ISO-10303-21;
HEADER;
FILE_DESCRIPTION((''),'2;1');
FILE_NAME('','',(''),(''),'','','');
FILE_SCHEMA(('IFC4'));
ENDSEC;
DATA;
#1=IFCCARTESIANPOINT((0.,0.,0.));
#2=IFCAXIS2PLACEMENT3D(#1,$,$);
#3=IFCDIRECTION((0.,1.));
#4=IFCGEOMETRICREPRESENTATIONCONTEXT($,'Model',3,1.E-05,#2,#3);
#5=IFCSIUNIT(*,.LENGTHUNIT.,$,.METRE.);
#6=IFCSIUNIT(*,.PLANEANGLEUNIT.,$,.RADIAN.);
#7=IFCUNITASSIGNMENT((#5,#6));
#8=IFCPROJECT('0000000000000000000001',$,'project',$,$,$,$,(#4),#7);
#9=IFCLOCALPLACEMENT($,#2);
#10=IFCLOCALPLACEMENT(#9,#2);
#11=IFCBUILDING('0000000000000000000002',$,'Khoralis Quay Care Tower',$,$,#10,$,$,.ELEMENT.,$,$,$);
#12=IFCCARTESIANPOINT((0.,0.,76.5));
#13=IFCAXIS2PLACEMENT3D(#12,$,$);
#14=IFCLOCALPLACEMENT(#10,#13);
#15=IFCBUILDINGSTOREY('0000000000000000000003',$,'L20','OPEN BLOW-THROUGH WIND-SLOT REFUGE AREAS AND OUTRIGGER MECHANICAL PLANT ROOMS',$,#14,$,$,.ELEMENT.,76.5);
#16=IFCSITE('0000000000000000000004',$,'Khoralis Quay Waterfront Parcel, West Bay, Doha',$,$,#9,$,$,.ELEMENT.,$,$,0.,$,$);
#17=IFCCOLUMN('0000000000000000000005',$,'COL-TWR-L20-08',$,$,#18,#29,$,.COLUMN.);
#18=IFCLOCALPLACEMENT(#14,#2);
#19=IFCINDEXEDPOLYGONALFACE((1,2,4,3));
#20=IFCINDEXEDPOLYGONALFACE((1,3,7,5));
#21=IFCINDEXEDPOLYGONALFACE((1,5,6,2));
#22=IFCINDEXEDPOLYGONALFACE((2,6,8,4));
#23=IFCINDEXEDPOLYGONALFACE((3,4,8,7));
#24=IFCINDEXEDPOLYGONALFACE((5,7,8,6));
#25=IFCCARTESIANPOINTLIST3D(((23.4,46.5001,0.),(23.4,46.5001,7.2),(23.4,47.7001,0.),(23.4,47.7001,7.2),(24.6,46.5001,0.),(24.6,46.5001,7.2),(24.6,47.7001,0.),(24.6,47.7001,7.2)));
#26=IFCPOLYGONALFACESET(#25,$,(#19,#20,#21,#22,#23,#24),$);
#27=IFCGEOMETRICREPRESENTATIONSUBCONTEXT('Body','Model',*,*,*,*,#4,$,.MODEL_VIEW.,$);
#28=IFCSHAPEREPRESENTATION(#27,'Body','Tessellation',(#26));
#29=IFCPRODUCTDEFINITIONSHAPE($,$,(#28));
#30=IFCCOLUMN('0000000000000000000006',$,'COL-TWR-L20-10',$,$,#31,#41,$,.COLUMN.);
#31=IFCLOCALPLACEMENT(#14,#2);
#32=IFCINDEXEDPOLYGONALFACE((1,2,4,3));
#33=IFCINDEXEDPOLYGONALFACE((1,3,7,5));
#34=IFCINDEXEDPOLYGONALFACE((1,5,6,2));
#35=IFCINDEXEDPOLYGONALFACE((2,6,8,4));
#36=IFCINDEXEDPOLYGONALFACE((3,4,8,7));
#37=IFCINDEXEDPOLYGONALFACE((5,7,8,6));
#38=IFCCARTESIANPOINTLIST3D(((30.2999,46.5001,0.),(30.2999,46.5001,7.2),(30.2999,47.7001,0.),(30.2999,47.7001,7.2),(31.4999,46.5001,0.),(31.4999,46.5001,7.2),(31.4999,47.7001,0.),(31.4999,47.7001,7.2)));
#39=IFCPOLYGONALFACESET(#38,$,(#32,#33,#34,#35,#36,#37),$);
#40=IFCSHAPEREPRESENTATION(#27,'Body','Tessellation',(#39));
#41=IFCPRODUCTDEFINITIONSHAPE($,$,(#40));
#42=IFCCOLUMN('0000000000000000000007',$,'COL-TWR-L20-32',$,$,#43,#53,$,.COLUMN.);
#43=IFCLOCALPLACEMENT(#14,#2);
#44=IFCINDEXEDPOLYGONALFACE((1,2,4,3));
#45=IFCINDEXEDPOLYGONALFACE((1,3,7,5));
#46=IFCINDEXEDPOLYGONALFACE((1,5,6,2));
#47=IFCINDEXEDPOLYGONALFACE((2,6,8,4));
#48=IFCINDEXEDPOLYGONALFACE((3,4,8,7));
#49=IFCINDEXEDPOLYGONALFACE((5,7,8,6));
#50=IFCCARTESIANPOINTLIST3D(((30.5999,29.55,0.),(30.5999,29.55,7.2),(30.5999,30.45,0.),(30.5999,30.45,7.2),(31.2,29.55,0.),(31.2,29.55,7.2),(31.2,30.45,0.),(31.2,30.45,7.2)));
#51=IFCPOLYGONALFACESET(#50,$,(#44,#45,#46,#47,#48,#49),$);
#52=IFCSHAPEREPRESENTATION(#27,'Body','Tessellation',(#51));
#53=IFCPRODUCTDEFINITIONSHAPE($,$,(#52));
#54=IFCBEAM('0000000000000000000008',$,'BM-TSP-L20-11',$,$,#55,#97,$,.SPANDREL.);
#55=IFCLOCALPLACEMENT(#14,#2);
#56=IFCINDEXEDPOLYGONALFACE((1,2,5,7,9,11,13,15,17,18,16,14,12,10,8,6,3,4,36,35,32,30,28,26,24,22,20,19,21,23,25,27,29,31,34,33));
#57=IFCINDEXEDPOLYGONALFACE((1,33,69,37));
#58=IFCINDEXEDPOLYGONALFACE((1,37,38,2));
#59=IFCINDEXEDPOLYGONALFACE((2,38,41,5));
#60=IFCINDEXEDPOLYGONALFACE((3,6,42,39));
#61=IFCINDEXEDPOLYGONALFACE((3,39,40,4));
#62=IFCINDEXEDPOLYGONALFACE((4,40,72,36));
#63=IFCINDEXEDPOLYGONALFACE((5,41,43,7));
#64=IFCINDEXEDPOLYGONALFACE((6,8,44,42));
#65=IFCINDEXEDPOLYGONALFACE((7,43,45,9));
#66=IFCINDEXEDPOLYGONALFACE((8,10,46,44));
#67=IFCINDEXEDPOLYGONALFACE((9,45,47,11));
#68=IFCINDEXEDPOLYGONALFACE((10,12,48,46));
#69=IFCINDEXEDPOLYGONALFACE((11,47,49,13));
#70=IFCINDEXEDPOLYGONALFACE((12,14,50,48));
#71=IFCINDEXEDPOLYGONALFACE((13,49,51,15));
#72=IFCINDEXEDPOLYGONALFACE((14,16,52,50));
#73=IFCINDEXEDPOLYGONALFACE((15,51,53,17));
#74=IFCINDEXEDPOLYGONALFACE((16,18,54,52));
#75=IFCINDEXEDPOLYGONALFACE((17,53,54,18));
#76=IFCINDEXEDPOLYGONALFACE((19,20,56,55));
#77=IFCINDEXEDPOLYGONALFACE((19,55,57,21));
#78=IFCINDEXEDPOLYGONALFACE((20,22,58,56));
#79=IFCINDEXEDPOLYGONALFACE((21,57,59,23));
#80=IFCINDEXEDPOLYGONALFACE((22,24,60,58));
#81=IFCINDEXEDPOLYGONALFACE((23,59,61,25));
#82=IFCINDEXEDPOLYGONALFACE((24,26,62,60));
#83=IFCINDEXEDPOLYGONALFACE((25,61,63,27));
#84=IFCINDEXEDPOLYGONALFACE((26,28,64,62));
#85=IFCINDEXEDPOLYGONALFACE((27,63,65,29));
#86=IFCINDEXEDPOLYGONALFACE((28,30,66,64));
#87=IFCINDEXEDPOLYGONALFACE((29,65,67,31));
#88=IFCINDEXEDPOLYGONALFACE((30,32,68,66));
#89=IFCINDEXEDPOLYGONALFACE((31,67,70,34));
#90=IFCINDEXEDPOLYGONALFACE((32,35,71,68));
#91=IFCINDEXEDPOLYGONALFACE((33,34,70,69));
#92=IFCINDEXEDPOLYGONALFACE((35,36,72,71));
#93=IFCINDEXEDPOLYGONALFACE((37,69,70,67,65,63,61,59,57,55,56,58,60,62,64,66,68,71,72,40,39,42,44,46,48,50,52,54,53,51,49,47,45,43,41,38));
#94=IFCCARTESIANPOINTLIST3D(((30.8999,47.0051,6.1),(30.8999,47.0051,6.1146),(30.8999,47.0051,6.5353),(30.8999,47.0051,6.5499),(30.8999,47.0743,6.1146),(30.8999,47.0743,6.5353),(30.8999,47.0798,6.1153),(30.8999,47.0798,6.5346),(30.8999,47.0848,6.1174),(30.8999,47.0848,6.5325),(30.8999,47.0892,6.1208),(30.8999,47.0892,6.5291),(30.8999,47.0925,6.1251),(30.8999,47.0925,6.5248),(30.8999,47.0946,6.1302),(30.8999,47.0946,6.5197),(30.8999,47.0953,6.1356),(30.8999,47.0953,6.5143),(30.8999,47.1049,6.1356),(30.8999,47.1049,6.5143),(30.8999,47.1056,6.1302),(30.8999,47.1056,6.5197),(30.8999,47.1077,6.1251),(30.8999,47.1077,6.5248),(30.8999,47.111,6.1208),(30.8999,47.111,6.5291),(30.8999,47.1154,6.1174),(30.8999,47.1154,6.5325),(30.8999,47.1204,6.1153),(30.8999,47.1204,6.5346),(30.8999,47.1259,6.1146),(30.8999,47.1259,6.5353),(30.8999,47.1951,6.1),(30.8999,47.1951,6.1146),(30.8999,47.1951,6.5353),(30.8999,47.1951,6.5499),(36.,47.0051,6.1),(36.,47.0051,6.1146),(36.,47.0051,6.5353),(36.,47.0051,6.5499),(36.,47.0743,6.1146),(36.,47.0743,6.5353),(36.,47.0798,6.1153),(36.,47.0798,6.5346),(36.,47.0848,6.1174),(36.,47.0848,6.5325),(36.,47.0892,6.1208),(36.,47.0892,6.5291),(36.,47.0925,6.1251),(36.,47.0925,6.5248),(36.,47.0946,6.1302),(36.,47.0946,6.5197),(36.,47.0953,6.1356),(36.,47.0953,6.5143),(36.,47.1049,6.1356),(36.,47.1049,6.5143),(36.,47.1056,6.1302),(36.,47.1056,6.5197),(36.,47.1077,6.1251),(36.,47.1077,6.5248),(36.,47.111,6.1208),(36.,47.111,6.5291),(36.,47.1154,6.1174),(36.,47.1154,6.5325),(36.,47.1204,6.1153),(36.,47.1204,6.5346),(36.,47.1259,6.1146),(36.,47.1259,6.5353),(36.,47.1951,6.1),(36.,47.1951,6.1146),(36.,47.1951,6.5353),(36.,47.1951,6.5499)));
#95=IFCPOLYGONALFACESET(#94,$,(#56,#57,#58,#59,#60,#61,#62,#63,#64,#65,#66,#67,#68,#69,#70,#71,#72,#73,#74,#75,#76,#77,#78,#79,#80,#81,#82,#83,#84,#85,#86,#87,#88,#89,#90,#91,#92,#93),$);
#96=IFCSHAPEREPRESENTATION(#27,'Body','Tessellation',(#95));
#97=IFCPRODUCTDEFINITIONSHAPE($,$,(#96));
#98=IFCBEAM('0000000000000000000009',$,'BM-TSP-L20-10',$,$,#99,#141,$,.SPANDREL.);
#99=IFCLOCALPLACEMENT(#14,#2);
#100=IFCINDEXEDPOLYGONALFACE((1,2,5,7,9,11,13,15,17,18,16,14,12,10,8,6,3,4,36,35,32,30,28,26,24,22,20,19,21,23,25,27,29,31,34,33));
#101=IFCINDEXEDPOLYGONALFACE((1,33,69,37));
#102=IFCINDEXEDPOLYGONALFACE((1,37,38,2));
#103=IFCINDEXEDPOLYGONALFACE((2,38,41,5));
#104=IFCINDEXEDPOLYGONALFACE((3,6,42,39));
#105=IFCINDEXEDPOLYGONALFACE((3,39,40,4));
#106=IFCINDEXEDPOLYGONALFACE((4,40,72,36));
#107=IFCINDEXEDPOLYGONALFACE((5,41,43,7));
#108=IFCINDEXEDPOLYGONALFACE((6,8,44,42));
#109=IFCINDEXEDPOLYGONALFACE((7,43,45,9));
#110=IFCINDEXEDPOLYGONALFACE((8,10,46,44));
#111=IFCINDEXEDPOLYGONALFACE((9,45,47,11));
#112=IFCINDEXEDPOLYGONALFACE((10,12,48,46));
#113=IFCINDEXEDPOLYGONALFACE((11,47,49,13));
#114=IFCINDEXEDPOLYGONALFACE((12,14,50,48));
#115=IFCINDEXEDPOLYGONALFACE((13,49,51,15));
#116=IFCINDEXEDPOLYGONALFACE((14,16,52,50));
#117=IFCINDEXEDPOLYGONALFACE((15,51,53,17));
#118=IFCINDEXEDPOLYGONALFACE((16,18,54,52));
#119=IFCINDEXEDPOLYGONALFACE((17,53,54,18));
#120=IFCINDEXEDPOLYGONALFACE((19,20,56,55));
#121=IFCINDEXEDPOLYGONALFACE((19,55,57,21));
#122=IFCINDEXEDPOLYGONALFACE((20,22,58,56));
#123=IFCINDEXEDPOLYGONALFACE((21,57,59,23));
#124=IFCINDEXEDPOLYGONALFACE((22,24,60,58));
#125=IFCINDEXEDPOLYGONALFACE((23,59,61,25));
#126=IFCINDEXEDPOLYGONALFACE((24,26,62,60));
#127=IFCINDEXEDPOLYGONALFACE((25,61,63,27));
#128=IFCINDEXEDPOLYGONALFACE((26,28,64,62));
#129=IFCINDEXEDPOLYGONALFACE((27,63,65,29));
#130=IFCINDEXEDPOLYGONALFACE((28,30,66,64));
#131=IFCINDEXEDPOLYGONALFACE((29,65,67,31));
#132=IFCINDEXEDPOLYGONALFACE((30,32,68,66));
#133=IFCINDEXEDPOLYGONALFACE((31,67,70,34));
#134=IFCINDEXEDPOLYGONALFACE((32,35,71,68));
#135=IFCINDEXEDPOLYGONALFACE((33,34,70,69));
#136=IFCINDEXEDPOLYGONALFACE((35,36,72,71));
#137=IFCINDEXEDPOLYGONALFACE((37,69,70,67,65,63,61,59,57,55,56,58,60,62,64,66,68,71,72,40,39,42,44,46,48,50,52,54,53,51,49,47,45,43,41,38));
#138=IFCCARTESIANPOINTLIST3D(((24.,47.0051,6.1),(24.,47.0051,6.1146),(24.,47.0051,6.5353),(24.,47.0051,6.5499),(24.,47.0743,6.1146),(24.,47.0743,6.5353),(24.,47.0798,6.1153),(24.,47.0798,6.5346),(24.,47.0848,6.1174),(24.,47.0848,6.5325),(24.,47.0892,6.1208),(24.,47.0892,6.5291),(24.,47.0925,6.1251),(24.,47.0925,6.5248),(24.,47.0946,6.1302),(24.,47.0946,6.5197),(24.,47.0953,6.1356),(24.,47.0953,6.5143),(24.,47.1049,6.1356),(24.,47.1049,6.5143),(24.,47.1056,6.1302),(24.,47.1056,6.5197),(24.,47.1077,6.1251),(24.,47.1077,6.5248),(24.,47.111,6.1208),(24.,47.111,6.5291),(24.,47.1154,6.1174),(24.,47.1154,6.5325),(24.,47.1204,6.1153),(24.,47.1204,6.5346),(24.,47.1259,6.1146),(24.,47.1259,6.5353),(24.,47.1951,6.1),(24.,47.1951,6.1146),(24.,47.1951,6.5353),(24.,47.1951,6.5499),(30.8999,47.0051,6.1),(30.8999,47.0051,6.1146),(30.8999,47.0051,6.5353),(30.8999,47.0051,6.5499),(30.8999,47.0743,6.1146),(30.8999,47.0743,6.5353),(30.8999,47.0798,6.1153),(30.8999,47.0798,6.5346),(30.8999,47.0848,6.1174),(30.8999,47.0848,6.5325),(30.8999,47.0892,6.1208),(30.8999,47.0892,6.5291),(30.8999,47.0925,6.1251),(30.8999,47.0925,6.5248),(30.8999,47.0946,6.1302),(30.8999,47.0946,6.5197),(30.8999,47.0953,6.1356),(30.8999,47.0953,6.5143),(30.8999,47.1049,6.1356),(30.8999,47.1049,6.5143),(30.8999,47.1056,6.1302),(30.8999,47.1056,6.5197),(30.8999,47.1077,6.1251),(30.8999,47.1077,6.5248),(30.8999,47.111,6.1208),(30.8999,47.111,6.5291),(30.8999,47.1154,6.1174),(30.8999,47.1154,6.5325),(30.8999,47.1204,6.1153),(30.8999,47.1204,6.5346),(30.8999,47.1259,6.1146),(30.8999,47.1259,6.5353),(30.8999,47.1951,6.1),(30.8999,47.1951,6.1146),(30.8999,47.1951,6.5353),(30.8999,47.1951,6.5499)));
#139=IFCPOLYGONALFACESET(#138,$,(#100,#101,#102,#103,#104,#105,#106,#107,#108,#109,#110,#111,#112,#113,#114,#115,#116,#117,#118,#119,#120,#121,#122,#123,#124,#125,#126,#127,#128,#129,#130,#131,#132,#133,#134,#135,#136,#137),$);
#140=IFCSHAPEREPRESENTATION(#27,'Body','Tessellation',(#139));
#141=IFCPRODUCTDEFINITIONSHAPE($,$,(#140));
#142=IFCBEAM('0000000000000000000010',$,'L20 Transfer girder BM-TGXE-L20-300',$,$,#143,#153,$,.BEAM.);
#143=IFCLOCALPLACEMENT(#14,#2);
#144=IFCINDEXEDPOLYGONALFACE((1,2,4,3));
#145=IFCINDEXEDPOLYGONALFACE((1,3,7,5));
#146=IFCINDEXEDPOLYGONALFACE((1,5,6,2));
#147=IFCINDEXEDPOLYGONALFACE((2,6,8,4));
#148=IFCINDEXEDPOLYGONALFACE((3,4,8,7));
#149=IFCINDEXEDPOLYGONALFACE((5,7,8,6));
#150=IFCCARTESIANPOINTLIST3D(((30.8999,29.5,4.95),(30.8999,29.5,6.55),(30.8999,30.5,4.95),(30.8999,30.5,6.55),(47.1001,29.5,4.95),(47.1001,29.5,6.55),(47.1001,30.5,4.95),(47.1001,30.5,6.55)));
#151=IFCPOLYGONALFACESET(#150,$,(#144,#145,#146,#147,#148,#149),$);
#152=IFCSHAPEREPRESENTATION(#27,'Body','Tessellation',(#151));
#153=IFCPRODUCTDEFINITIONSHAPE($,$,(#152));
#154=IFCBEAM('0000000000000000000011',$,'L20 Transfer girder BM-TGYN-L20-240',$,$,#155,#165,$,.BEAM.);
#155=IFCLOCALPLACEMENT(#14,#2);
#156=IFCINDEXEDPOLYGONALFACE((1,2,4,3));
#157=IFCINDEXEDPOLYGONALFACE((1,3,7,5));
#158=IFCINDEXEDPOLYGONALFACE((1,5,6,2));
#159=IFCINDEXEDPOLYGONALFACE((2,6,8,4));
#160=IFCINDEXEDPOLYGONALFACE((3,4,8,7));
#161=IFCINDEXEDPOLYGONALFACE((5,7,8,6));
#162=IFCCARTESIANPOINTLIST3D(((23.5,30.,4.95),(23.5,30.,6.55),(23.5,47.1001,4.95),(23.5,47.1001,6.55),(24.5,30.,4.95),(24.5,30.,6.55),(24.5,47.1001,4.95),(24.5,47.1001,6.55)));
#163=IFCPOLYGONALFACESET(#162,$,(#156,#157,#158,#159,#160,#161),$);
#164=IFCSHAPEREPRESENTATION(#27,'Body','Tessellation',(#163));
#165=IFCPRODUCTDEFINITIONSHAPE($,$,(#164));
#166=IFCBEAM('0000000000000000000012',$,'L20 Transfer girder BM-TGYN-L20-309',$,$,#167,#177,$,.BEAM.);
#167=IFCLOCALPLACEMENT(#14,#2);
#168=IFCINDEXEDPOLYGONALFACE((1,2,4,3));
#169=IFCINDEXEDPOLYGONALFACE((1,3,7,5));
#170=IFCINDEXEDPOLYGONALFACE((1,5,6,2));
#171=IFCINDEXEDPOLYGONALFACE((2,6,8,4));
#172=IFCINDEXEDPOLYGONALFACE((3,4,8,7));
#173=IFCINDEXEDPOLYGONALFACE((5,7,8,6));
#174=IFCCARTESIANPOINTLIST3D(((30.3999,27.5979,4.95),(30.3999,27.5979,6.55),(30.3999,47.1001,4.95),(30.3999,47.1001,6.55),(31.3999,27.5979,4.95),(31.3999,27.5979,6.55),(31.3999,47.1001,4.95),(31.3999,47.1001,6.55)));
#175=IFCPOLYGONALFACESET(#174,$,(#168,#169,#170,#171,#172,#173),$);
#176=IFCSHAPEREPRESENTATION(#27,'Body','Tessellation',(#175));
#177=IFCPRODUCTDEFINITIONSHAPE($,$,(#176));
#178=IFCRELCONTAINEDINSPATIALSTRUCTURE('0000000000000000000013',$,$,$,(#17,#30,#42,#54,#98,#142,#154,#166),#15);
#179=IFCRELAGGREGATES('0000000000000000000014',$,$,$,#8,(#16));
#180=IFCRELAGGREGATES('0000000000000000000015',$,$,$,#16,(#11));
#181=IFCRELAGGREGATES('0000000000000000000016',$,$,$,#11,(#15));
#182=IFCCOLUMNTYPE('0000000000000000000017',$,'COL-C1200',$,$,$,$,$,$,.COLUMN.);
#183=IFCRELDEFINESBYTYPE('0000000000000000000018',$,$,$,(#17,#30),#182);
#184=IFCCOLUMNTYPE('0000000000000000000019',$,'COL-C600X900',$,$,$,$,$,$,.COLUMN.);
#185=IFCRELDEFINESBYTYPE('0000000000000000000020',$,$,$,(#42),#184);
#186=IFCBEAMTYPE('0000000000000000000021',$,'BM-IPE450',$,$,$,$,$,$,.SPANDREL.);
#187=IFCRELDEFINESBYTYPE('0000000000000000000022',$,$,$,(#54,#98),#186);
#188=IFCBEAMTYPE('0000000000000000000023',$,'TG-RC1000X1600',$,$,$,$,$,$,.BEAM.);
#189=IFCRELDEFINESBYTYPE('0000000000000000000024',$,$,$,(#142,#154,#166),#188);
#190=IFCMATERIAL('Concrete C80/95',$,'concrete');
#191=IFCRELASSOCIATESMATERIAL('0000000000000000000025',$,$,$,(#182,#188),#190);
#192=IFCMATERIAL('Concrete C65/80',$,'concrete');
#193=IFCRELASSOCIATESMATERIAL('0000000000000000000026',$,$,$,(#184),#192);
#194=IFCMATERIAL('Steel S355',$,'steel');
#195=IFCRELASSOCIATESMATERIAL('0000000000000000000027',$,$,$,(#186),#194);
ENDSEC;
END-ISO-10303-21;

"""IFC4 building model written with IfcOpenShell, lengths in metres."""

from ifc_helpers import new_model, si_unit, direction, frame, origin, origin_2d, place, context, subcontext, project, spatial, rectangle, i_section, extrude, source, transform, mapped, material, material_profile, profile_set, type_object, element, save


model = new_model("IFC4")

# Units and contexts
model_context = context("Model", 3, precision=1e-05, world=origin(), true_north=direction((0.0, 1.0)))
body_context = subcontext(model_context, "Body", "Model", "MODEL_VIEW")
ifc_project = project(units=[si_unit("LENGTHUNIT", "METRE"), si_unit("PLANEANGLEUNIT", "RADIAN")], contexts=[model_context])

# Site, building, storey
site_placement = place(None, origin())
site = spatial("IfcSite", under=ifc_project, at=site_placement, Name="Khoralis Quay Waterfront Parcel, West Bay, Doha", CompositionType="ELEMENT", RefElevation=0.0)
building_placement = place(site_placement, origin())
building = spatial("IfcBuilding", under=site, at=building_placement, Name="Khoralis Quay Care Tower", CompositionType="ELEMENT")
storey_placement = place(building_placement, frame((0.0, 0.0, 76.5)))
storey = spatial("IfcBuildingStorey", under=building, at=storey_placement, Name="L20", Description="OPEN BLOW-THROUGH WIND-SLOT REFUGE AREAS AND OUTRIGGER MECHANICAL PLANT ROOMS", CompositionType="ELEMENT", Elevation=76.5)

# Columns
ifc_material_1 = material(Name="Concrete C80/95", Category="concrete")
ifc_material_profile_1 = material_profile(ifc_material_1, rectangle(XDim=1.2, YDim=1.2, at=origin_2d()), Name="Concrete C80/95")
ifc_profile_set_1 = profile_set([ifc_material_profile_1], Name="Concrete C80/95")
column_type_1 = type_object("IfcColumnType", Name="COL-C1200", PredefinedType="COLUMN", material=ifc_profile_set_1)
shared_shape_1 = source(origin(), body_context, "Body", "SweptSolid", [
    extrude(rectangle(XDim=1.2, YDim=1.2, at=origin_2d()), origin(), (0.0, 0.0, 1.0), 7.2),
])
for number, where, z_axis, x_axis, name in (
    (1, (24.0, 47.1001, 0.0), (0.0, 0.0, 1.0), (1.0, 0.0, 0.0), "COL-TWR-L20-08"),
    (2, (30.8999, 47.1001, 0.0), (0.0, 0.0, 1.0), (1.0, 0.0, 0.0), "COL-TWR-L20-10"),
):
    element("IfcColumn", number, at=place(storey_placement, frame(where, z_axis=z_axis, x_axis=x_axis)), inside=storey, type_object=column_type_1, Name=name, PredefinedType="COLUMN", context=body_context, shape_type="MappedRepresentation", body=[
        mapped(shared_shape_1, transform((0.0, 0.0, 0.0), scale=1.0)),
    ])
ifc_material_2 = material(Name="Concrete C65/80", Category="concrete")
ifc_material_profile_2 = material_profile(ifc_material_2, rectangle(XDim=0.6001, YDim=0.8999, at=origin_2d()), Name="Concrete C65/80")
ifc_profile_set_2 = profile_set([ifc_material_profile_2], Name="Concrete C65/80")
column_type_2 = type_object("IfcColumnType", Name="COL-C600X900", PredefinedType="COLUMN", material=ifc_profile_set_2)
shared_shape_2 = source(origin(), body_context, "Body", "SweptSolid", [
    extrude(rectangle(XDim=0.6001, YDim=0.8999, at=origin_2d()), origin(), (0.0, 0.0, 1.0), 7.2),
])
column_placement = place(storey_placement, frame((30.8999, 30.0, 0.0), z_axis=(0.0, 0.0, 1.0), x_axis=(1.0, 0.0, 0.0)))
element("IfcColumn", 3, at=column_placement, inside=storey, type_object=column_type_2, Name="COL-TWR-L20-32", PredefinedType="COLUMN", context=body_context, shape_type="MappedRepresentation", body=[
    mapped(shared_shape_2, transform((0.0, 0.0, 0.0), scale=1.0)),
])

# Beams
ifc_material_3 = material(Name="Steel S355", Category="steel")
ifc_material_profile_3 = material_profile(ifc_material_3, i_section(OverallWidth=0.1899, OverallDepth=0.45, WebThickness=0.0095, FlangeThickness=0.0146, FilletRadius=0.021, at=origin_2d()), Name="Steel S355")
ifc_profile_set_3 = profile_set([ifc_material_profile_3], Name="Steel S355")
beam_type_1 = type_object("IfcBeamType", Name="BM-IPE450", PredefinedType="SPANDREL", material=ifc_profile_set_3)
shared_shape_3 = source(origin(), body_context, "Body", "SweptSolid", [
    extrude(i_section(OverallWidth=0.1899, OverallDepth=0.45, WebThickness=0.0095, FlangeThickness=0.0146, FilletRadius=0.021, at=origin_2d()), origin(), (0.0, 0.0, 1.0), 5.1001),
])
beam_1_placement = place(storey_placement, frame((30.8999, 47.1001, 6.325), z_axis=(1.0, 0.0, 0.0), x_axis=(0.0, 1.0, 0.0)))
element("IfcBeam", 4, at=beam_1_placement, inside=storey, type_object=beam_type_1, Name="BM-TSP-L20-11", PredefinedType="SPANDREL", context=body_context, shape_type="MappedRepresentation", body=[
    mapped(shared_shape_3, transform((0.0, 0.0, 0.0), scale=1.0)),
])
shared_shape_4 = source(origin(), body_context, "Body", "SweptSolid", [
    extrude(i_section(OverallWidth=0.1899, OverallDepth=0.45, WebThickness=0.0095, FlangeThickness=0.0146, FilletRadius=0.021, at=origin_2d()), origin(), (0.0, 0.0, 1.0), 6.8999),
])
beam_2_placement = place(storey_placement, frame((24.0, 47.1001, 6.325), z_axis=(1.0, 0.0, 0.0), x_axis=(0.0, 1.0, 0.0)))
element("IfcBeam", 5, at=beam_2_placement, inside=storey, type_object=beam_type_1, Name="BM-TSP-L20-10", PredefinedType="SPANDREL", context=body_context, shape_type="MappedRepresentation", body=[
    mapped(shared_shape_4, transform((0.0, 0.0, 0.0), scale=1.0)),
])
ifc_material_profile_4 = material_profile(ifc_material_1, rectangle(XDim=1.0, YDim=1.6001, at=origin_2d()), Name="Concrete C80/95")
ifc_profile_set_4 = profile_set([ifc_material_profile_4], Name="Concrete C80/95")
beam_type_2 = type_object("IfcBeamType", Name="TG-RC1000X1600", PredefinedType="BEAM", material=ifc_profile_set_4)
shared_shape_5 = source(origin(), body_context, "Body", "SweptSolid", [
    extrude(rectangle(XDim=1.0, YDim=1.6001, at=origin_2d()), origin(), (0.0, 0.0, 1.0), 16.2002),
])
beam_3_placement = place(storey_placement, frame((30.8999, 30.0, 5.75), z_axis=(1.0, 0.0, 0.0), x_axis=(0.0, 1.0, 0.0)))
element("IfcBeam", 6, at=beam_3_placement, inside=storey, type_object=beam_type_2, Name="L20 Transfer girder BM-TGXE-L20-300", PredefinedType="BEAM", context=body_context, shape_type="MappedRepresentation", body=[
    mapped(shared_shape_5, transform((0.0, 0.0, 0.0), scale=1.0)),
])
shared_shape_6 = source(origin(), body_context, "Body", "SweptSolid", [
    extrude(rectangle(XDim=1.0, YDim=1.6001, at=origin_2d()), origin(), (0.0, 0.0, 1.0), 17.1001),
])
beam_4_placement = place(storey_placement, frame((24.0, 30.0, 5.75), z_axis=(0.0, 1.0, 0.0), x_axis=(-1.0, 0.0, 0.0)))
element("IfcBeam", 7, at=beam_4_placement, inside=storey, type_object=beam_type_2, Name="L20 Transfer girder BM-TGYN-L20-240", PredefinedType="BEAM", context=body_context, shape_type="MappedRepresentation", body=[
    mapped(shared_shape_6, transform((0.0, 0.0, 0.0), scale=1.0)),
])
shared_shape_7 = source(origin(), body_context, "Body", "SweptSolid", [
    extrude(rectangle(XDim=1.0, YDim=1.6001, at=origin_2d()), origin(), (0.0, 0.0, 1.0), 19.5022),
])
beam_5_placement = place(storey_placement, frame((30.8999, 27.5979, 5.75), z_axis=(0.0, 1.0, 0.0), x_axis=(-1.0, 0.0, 0.0)))
element("IfcBeam", 8, at=beam_5_placement, inside=storey, type_object=beam_type_2, Name="L20 Transfer girder BM-TGYN-L20-309", PredefinedType="BEAM", context=body_context, shape_type="MappedRepresentation", body=[
    mapped(shared_shape_7, transform((0.0, 0.0, 0.0), scale=1.0)),
])

save(model, "model.ifc")
